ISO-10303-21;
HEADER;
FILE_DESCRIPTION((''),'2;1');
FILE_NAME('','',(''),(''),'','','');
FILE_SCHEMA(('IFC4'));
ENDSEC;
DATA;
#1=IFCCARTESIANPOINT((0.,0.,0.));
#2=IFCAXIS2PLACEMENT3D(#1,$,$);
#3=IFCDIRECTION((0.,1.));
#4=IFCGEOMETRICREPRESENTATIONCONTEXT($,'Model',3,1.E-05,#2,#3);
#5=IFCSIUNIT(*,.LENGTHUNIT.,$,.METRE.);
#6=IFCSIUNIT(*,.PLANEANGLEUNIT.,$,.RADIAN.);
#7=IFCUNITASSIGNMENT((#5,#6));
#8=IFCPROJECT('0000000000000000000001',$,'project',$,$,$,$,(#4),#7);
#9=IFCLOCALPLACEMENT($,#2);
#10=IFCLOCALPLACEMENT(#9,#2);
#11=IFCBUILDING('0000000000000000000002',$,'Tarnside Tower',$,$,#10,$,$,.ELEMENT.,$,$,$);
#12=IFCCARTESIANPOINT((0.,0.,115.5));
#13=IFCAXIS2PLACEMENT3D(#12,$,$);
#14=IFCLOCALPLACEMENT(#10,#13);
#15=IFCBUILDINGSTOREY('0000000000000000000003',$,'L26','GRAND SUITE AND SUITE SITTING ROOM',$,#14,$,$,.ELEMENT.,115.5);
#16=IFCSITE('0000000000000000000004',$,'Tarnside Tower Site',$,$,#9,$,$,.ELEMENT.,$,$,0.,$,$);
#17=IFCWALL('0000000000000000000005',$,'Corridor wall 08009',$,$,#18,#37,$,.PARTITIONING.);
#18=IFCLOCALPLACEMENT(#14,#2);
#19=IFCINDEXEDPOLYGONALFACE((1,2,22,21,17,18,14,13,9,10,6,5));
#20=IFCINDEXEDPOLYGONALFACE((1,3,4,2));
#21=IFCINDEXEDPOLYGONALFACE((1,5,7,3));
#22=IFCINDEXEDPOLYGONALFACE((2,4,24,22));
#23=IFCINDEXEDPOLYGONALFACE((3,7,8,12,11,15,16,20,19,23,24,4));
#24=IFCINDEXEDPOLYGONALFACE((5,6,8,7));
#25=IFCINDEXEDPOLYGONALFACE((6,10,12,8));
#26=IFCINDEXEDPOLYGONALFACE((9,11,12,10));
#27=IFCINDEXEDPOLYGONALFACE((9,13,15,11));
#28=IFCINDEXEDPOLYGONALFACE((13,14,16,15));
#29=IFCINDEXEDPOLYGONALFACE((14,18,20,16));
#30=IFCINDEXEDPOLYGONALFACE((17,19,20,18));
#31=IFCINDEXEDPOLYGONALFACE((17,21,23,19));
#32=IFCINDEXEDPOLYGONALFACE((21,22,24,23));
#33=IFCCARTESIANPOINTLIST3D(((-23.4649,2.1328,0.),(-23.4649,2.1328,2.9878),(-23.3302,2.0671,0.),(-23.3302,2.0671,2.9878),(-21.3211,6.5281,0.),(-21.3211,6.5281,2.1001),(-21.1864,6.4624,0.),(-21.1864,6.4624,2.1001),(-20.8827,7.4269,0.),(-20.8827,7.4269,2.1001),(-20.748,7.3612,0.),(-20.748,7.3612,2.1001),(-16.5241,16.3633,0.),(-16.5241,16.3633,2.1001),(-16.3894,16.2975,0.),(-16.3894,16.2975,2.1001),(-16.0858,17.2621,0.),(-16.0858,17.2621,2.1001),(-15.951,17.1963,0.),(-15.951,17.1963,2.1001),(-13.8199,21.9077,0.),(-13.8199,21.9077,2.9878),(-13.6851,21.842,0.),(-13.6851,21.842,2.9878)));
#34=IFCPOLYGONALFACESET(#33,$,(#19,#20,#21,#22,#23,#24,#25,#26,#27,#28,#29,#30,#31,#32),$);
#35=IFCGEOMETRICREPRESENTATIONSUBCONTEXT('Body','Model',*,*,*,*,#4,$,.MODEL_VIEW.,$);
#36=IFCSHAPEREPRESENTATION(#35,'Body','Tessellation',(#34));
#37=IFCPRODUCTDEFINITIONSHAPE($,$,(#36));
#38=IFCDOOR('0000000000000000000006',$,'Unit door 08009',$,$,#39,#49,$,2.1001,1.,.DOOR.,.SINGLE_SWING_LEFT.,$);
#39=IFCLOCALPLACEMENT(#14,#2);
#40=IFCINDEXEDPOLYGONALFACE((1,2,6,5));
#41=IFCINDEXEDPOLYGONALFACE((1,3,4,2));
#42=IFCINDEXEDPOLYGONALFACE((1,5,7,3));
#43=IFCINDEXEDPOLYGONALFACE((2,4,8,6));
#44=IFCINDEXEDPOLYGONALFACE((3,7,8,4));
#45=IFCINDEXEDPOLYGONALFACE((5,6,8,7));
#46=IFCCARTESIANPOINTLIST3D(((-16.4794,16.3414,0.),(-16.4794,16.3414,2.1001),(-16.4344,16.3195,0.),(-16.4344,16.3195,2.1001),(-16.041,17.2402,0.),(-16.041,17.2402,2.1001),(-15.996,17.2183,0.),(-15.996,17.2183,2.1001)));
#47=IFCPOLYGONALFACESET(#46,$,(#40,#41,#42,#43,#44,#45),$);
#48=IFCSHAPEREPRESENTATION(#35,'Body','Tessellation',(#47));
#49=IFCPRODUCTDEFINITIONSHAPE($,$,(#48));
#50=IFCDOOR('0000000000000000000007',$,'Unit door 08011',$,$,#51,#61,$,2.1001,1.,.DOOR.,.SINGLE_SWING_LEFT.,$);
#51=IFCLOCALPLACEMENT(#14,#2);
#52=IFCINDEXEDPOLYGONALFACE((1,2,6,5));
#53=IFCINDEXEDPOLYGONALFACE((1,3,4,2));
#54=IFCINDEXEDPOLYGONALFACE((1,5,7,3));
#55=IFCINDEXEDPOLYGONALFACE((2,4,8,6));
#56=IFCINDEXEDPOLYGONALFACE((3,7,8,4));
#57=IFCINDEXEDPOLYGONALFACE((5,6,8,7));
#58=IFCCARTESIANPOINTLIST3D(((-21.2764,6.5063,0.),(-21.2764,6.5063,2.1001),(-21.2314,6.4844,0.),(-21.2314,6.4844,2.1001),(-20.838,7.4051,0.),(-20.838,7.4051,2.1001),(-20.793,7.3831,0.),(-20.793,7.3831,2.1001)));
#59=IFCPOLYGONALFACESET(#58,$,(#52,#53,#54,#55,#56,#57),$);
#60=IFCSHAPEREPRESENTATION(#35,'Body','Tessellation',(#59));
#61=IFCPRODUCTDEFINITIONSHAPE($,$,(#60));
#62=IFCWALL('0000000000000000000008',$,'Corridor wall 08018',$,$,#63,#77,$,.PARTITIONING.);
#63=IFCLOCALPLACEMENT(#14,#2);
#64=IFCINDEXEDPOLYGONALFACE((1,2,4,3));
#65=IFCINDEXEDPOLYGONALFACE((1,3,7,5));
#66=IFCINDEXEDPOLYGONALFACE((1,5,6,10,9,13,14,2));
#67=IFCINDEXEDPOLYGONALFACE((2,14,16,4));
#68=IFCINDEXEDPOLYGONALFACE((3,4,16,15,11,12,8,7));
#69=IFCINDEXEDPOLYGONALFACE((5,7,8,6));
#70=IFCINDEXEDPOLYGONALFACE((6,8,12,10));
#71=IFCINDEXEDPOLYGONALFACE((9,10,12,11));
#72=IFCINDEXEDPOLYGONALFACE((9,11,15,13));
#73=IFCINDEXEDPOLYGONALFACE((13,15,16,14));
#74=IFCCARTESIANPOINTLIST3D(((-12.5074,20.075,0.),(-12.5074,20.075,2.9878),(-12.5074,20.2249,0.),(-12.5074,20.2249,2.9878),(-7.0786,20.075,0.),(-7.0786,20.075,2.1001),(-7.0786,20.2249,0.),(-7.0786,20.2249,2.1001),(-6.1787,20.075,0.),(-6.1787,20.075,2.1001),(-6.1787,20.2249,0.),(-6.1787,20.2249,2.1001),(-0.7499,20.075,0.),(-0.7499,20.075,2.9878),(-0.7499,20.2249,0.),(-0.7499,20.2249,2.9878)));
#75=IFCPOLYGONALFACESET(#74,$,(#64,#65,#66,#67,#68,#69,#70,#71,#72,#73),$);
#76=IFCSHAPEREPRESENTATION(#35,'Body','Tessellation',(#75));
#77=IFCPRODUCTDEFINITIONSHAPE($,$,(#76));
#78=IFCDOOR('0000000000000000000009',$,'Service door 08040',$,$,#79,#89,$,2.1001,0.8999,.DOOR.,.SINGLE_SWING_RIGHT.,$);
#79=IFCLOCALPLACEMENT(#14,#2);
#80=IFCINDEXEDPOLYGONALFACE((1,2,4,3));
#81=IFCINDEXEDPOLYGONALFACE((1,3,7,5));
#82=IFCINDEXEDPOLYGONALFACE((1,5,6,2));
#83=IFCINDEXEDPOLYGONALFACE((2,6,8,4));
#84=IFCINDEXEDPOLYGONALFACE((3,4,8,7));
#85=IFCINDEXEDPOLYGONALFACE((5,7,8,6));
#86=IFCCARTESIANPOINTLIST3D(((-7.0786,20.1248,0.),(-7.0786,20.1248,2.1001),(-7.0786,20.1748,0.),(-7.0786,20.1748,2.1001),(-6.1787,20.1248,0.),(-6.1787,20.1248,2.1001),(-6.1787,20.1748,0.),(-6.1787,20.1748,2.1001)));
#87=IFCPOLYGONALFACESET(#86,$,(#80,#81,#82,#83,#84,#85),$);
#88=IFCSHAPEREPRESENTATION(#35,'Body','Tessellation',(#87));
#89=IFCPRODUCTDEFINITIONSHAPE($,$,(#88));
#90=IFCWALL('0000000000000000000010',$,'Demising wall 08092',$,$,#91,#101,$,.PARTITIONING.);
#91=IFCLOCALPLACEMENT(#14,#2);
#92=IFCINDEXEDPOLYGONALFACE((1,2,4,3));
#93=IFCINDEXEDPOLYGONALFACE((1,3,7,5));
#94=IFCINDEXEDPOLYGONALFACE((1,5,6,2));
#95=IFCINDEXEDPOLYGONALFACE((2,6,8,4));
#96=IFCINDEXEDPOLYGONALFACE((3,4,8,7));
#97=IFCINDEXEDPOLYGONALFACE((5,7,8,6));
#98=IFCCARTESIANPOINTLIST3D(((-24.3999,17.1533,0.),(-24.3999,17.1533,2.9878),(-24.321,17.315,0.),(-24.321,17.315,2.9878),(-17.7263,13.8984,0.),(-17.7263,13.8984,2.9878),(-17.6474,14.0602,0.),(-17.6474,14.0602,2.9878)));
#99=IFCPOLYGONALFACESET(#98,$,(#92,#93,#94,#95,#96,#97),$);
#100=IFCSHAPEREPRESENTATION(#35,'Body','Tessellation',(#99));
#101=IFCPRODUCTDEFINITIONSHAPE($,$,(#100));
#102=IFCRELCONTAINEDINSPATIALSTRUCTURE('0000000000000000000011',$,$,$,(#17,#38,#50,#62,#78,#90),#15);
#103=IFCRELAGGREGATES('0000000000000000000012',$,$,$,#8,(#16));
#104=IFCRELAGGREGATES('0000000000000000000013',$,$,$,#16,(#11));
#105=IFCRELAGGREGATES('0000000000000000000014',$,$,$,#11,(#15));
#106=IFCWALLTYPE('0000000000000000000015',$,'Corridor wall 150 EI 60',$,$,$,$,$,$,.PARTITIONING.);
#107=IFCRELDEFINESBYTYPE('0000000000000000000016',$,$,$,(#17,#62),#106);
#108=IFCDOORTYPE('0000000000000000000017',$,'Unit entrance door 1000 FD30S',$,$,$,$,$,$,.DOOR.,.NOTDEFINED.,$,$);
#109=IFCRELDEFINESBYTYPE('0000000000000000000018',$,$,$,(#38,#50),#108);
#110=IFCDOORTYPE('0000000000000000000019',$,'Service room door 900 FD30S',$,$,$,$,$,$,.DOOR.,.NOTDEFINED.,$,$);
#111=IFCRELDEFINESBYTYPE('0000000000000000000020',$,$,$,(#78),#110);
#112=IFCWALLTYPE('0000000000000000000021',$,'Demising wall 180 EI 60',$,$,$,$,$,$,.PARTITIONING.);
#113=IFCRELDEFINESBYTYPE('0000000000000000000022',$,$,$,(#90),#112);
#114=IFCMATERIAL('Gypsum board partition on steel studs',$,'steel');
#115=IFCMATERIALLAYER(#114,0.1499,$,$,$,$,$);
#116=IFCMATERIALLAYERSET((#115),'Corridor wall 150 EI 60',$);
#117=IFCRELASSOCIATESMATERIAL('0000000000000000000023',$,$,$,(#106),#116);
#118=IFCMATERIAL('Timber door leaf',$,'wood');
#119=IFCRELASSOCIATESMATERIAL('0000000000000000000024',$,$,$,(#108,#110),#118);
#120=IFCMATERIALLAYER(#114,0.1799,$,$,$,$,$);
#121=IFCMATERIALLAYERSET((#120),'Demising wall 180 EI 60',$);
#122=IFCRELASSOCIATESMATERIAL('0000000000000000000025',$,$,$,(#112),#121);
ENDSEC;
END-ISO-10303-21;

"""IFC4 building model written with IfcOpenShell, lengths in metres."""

from ifc_helpers import new_model, si_unit, direction, frame, frame_2d, origin, place, context, subcontext, project, spatial, rectangle, extrude, material, layer, layer_set, type_object, element, fill, save


model = new_model("IFC4")

# Units and contexts
model_context = context("Model", 3, precision=1e-05, world=origin(), true_north=direction((0.0, 1.0)))
body_context = subcontext(model_context, "Body", "Model", "MODEL_VIEW")
ifc_project = project(units=[si_unit("LENGTHUNIT", "METRE"), si_unit("PLANEANGLEUNIT", "RADIAN")], contexts=[model_context])

# Site, building, storey
site_placement = place(None, origin())
site = spatial("IfcSite", under=ifc_project, at=site_placement, Name="Tarnside Tower Site", CompositionType="ELEMENT", RefElevation=0.0)
building_placement = place(site_placement, origin())
building = spatial("IfcBuilding", under=site, at=building_placement, Name="Tarnside Tower", CompositionType="ELEMENT")
storey_placement = place(building_placement, frame((0.0, 0.0, 115.5)))
storey = spatial("IfcBuildingStorey", under=building, at=storey_placement, Name="L26", Description="GRAND SUITE AND SUITE SITTING ROOM", CompositionType="ELEMENT", Elevation=115.5)

# Shared definitions
ifc_material_1 = material(Name="Gypsum board partition on steel studs", Category="steel")
ifc_material_2 = material(Name="Timber door leaf", Category="wood")

# Wall, openings, doors
ifc_layer_1 = layer(ifc_material_1, 0.1499)
ifc_layer_set_1 = layer_set([ifc_layer_1], Name="Corridor wall 150 EI 60")
wall_type_1 = type_object("IfcWallType", Name="Corridor wall 150 EI 60", PredefinedType="PARTITIONING", material=ifc_layer_set_1)
wall_1_placement = place(storey_placement, frame((-13.7524, 21.875, 0.0), z_axis=(0.0, 0.0, 1.0), x_axis=(-0.438377, -0.898791, 0.0)))
wall_1 = element("IfcWall", 1, at=wall_1_placement, inside=storey, type_object=wall_type_1, Name="Corridor wall 08009", PredefinedType="PARTITIONING", context=body_context, shape_type="SweptSolid", body=[
    extrude(rectangle(XDim=22.0017, YDim=0.1499, at=frame_2d((11.001, 0.0))), origin(), (0.0, 0.0, 1.0), 2.9878),
])
opening_1_placement = place(wall_1_placement, frame((5.1689, 0.0, 0.0)))
opening_1 = element("IfcOpeningElement", 2, at=opening_1_placement, cuts=wall_1, PredefinedType="OPENING", context=body_context, shape_type="SweptSolid", body=[
    extrude(rectangle(XDim=1.0, YDim=2.1001, at=frame_2d((0.5, 1.05))), frame((0.0, 0.085, 0.0), z_axis=(0.0, -1.0, 0.0), x_axis=(1.0, 0.0, 0.0)), (0.0, 0.0, 1.0), 0.1699),
])
opening_2_placement = place(wall_1_placement, frame((16.1116, 0.0, 0.0)))
opening_2 = element("IfcOpeningElement", 3, at=opening_2_placement, cuts=wall_1, PredefinedType="OPENING", context=body_context, shape_type="SweptSolid", body=[
    extrude(rectangle(XDim=1.0, YDim=2.1001, at=frame_2d((0.5, 1.05))), frame((0.0, 0.085, 0.0), z_axis=(0.0, -1.0, 0.0), x_axis=(1.0, 0.0, 0.0)), (0.0, 0.0, 1.0), 0.1699),
])
door_type_1 = type_object("IfcDoorType", Name="Unit entrance door 1000 FD30S", OperationType="NOTDEFINED", PredefinedType="DOOR", material=ifc_material_2)
door_1_placement = place(opening_1_placement, origin())
door_1 = element("IfcDoor", 4, at=door_1_placement, inside=storey, type_object=door_type_1, Name="Unit door 08009", OperationType="SINGLE_SWING_LEFT", OverallHeight=2.1001, OverallWidth=1.0, PredefinedType="DOOR", context=body_context, shape_type="SweptSolid", body=[
    extrude(rectangle(XDim=1.0, YDim=2.1001, at=frame_2d((0.5, 1.05))), frame((0.0, 0.0249, 0.0), z_axis=(0.0, -1.0, 0.0), x_axis=(1.0, 0.0, 0.0)), (0.0, 0.0, 1.0), 0.05),
])
fill(opening_1, door_1)
door_2_placement = place(opening_2_placement, origin())
door_2 = element("IfcDoor", 5, at=door_2_placement, inside=storey, type_object=door_type_1, Name="Unit door 08011", OperationType="SINGLE_SWING_LEFT", OverallHeight=2.1001, OverallWidth=1.0, PredefinedType="DOOR", context=body_context, shape_type="SweptSolid", body=[
    extrude(rectangle(XDim=1.0, YDim=2.1001, at=frame_2d((0.5, 1.05))), frame((0.0, 0.0249, 0.0), z_axis=(0.0, -1.0, 0.0), x_axis=(1.0, 0.0, 0.0)), (0.0, 0.0, 1.0), 0.05),
])
fill(opening_2, door_2)

# Wall, opening, door
wall_2_placement = place(storey_placement, frame((-12.5076, 20.1499, 0.0), z_axis=(0.0, 0.0, 1.0), x_axis=(1.0, 0.0, 0.0)))
wall_2 = element("IfcWall", 6, at=wall_2_placement, inside=storey, type_object=wall_type_1, Name="Corridor wall 08018", PredefinedType="PARTITIONING", context=body_context, shape_type="SweptSolid", body=[
    extrude(rectangle(XDim=11.7576, YDim=0.1499, at=frame_2d((5.8789, 0.0))), origin(), (0.0, 0.0, 1.0), 2.9878),
])
opening_3_placement = place(wall_2_placement, frame((5.429, 0.0, 0.0)))
opening_3 = element("IfcOpeningElement", 7, at=opening_3_placement, cuts=wall_2, PredefinedType="OPENING", context=body_context, shape_type="SweptSolid", body=[
    extrude(rectangle(XDim=0.8999, YDim=2.1001, at=frame_2d((0.45, 1.05))), frame((0.0, 0.085, 0.0), z_axis=(0.0, -1.0, 0.0), x_axis=(1.0, 0.0, 0.0)), (0.0, 0.0, 1.0), 0.1699),
])
door_type_2 = type_object("IfcDoorType", Name="Service room door 900 FD30S", OperationType="NOTDEFINED", PredefinedType="DOOR", material=ifc_material_2)
door_3_placement = place(opening_3_placement, origin())
door_3 = element("IfcDoor", 8, at=door_3_placement, inside=storey, type_object=door_type_2, Name="Service door 08040", OperationType="SINGLE_SWING_RIGHT", OverallHeight=2.1001, OverallWidth=0.8999, PredefinedType="DOOR", context=body_context, shape_type="SweptSolid", body=[
    extrude(rectangle(XDim=0.8999, YDim=2.1001, at=frame_2d((0.45, 1.05))), frame((0.0, 0.0249, 0.0), z_axis=(0.0, -1.0, 0.0), x_axis=(1.0, 0.0, 0.0)), (0.0, 0.0, 1.0), 0.05),
])
fill(opening_3, door_3)

# Wall
ifc_layer_2 = layer(ifc_material_1, 0.1799)
ifc_layer_set_2 = layer_set([ifc_layer_2], Name="Demising wall 180 EI 60")
wall_type_2 = type_object("IfcWallType", Name="Demising wall 180 EI 60", PredefinedType="PARTITIONING", material=ifc_layer_set_2)
wall_3_placement = place(storey_placement, frame((-24.3604, 17.2341, 0.0), z_axis=(0.0, 0.0, 1.0), x_axis=(0.898796, -0.438367, 0.0)))
element("IfcWall", 9, at=wall_3_placement, inside=storey, type_object=wall_type_2, Name="Demising wall 08092", PredefinedType="PARTITIONING", context=body_context, shape_type="SweptSolid", body=[
    extrude(rectangle(XDim=7.425, YDim=0.1799, at=frame_2d((3.7124, 0.0))), origin(), (0.0, 0.0, 1.0), 2.9878),
])

save(model, "model.ifc")
